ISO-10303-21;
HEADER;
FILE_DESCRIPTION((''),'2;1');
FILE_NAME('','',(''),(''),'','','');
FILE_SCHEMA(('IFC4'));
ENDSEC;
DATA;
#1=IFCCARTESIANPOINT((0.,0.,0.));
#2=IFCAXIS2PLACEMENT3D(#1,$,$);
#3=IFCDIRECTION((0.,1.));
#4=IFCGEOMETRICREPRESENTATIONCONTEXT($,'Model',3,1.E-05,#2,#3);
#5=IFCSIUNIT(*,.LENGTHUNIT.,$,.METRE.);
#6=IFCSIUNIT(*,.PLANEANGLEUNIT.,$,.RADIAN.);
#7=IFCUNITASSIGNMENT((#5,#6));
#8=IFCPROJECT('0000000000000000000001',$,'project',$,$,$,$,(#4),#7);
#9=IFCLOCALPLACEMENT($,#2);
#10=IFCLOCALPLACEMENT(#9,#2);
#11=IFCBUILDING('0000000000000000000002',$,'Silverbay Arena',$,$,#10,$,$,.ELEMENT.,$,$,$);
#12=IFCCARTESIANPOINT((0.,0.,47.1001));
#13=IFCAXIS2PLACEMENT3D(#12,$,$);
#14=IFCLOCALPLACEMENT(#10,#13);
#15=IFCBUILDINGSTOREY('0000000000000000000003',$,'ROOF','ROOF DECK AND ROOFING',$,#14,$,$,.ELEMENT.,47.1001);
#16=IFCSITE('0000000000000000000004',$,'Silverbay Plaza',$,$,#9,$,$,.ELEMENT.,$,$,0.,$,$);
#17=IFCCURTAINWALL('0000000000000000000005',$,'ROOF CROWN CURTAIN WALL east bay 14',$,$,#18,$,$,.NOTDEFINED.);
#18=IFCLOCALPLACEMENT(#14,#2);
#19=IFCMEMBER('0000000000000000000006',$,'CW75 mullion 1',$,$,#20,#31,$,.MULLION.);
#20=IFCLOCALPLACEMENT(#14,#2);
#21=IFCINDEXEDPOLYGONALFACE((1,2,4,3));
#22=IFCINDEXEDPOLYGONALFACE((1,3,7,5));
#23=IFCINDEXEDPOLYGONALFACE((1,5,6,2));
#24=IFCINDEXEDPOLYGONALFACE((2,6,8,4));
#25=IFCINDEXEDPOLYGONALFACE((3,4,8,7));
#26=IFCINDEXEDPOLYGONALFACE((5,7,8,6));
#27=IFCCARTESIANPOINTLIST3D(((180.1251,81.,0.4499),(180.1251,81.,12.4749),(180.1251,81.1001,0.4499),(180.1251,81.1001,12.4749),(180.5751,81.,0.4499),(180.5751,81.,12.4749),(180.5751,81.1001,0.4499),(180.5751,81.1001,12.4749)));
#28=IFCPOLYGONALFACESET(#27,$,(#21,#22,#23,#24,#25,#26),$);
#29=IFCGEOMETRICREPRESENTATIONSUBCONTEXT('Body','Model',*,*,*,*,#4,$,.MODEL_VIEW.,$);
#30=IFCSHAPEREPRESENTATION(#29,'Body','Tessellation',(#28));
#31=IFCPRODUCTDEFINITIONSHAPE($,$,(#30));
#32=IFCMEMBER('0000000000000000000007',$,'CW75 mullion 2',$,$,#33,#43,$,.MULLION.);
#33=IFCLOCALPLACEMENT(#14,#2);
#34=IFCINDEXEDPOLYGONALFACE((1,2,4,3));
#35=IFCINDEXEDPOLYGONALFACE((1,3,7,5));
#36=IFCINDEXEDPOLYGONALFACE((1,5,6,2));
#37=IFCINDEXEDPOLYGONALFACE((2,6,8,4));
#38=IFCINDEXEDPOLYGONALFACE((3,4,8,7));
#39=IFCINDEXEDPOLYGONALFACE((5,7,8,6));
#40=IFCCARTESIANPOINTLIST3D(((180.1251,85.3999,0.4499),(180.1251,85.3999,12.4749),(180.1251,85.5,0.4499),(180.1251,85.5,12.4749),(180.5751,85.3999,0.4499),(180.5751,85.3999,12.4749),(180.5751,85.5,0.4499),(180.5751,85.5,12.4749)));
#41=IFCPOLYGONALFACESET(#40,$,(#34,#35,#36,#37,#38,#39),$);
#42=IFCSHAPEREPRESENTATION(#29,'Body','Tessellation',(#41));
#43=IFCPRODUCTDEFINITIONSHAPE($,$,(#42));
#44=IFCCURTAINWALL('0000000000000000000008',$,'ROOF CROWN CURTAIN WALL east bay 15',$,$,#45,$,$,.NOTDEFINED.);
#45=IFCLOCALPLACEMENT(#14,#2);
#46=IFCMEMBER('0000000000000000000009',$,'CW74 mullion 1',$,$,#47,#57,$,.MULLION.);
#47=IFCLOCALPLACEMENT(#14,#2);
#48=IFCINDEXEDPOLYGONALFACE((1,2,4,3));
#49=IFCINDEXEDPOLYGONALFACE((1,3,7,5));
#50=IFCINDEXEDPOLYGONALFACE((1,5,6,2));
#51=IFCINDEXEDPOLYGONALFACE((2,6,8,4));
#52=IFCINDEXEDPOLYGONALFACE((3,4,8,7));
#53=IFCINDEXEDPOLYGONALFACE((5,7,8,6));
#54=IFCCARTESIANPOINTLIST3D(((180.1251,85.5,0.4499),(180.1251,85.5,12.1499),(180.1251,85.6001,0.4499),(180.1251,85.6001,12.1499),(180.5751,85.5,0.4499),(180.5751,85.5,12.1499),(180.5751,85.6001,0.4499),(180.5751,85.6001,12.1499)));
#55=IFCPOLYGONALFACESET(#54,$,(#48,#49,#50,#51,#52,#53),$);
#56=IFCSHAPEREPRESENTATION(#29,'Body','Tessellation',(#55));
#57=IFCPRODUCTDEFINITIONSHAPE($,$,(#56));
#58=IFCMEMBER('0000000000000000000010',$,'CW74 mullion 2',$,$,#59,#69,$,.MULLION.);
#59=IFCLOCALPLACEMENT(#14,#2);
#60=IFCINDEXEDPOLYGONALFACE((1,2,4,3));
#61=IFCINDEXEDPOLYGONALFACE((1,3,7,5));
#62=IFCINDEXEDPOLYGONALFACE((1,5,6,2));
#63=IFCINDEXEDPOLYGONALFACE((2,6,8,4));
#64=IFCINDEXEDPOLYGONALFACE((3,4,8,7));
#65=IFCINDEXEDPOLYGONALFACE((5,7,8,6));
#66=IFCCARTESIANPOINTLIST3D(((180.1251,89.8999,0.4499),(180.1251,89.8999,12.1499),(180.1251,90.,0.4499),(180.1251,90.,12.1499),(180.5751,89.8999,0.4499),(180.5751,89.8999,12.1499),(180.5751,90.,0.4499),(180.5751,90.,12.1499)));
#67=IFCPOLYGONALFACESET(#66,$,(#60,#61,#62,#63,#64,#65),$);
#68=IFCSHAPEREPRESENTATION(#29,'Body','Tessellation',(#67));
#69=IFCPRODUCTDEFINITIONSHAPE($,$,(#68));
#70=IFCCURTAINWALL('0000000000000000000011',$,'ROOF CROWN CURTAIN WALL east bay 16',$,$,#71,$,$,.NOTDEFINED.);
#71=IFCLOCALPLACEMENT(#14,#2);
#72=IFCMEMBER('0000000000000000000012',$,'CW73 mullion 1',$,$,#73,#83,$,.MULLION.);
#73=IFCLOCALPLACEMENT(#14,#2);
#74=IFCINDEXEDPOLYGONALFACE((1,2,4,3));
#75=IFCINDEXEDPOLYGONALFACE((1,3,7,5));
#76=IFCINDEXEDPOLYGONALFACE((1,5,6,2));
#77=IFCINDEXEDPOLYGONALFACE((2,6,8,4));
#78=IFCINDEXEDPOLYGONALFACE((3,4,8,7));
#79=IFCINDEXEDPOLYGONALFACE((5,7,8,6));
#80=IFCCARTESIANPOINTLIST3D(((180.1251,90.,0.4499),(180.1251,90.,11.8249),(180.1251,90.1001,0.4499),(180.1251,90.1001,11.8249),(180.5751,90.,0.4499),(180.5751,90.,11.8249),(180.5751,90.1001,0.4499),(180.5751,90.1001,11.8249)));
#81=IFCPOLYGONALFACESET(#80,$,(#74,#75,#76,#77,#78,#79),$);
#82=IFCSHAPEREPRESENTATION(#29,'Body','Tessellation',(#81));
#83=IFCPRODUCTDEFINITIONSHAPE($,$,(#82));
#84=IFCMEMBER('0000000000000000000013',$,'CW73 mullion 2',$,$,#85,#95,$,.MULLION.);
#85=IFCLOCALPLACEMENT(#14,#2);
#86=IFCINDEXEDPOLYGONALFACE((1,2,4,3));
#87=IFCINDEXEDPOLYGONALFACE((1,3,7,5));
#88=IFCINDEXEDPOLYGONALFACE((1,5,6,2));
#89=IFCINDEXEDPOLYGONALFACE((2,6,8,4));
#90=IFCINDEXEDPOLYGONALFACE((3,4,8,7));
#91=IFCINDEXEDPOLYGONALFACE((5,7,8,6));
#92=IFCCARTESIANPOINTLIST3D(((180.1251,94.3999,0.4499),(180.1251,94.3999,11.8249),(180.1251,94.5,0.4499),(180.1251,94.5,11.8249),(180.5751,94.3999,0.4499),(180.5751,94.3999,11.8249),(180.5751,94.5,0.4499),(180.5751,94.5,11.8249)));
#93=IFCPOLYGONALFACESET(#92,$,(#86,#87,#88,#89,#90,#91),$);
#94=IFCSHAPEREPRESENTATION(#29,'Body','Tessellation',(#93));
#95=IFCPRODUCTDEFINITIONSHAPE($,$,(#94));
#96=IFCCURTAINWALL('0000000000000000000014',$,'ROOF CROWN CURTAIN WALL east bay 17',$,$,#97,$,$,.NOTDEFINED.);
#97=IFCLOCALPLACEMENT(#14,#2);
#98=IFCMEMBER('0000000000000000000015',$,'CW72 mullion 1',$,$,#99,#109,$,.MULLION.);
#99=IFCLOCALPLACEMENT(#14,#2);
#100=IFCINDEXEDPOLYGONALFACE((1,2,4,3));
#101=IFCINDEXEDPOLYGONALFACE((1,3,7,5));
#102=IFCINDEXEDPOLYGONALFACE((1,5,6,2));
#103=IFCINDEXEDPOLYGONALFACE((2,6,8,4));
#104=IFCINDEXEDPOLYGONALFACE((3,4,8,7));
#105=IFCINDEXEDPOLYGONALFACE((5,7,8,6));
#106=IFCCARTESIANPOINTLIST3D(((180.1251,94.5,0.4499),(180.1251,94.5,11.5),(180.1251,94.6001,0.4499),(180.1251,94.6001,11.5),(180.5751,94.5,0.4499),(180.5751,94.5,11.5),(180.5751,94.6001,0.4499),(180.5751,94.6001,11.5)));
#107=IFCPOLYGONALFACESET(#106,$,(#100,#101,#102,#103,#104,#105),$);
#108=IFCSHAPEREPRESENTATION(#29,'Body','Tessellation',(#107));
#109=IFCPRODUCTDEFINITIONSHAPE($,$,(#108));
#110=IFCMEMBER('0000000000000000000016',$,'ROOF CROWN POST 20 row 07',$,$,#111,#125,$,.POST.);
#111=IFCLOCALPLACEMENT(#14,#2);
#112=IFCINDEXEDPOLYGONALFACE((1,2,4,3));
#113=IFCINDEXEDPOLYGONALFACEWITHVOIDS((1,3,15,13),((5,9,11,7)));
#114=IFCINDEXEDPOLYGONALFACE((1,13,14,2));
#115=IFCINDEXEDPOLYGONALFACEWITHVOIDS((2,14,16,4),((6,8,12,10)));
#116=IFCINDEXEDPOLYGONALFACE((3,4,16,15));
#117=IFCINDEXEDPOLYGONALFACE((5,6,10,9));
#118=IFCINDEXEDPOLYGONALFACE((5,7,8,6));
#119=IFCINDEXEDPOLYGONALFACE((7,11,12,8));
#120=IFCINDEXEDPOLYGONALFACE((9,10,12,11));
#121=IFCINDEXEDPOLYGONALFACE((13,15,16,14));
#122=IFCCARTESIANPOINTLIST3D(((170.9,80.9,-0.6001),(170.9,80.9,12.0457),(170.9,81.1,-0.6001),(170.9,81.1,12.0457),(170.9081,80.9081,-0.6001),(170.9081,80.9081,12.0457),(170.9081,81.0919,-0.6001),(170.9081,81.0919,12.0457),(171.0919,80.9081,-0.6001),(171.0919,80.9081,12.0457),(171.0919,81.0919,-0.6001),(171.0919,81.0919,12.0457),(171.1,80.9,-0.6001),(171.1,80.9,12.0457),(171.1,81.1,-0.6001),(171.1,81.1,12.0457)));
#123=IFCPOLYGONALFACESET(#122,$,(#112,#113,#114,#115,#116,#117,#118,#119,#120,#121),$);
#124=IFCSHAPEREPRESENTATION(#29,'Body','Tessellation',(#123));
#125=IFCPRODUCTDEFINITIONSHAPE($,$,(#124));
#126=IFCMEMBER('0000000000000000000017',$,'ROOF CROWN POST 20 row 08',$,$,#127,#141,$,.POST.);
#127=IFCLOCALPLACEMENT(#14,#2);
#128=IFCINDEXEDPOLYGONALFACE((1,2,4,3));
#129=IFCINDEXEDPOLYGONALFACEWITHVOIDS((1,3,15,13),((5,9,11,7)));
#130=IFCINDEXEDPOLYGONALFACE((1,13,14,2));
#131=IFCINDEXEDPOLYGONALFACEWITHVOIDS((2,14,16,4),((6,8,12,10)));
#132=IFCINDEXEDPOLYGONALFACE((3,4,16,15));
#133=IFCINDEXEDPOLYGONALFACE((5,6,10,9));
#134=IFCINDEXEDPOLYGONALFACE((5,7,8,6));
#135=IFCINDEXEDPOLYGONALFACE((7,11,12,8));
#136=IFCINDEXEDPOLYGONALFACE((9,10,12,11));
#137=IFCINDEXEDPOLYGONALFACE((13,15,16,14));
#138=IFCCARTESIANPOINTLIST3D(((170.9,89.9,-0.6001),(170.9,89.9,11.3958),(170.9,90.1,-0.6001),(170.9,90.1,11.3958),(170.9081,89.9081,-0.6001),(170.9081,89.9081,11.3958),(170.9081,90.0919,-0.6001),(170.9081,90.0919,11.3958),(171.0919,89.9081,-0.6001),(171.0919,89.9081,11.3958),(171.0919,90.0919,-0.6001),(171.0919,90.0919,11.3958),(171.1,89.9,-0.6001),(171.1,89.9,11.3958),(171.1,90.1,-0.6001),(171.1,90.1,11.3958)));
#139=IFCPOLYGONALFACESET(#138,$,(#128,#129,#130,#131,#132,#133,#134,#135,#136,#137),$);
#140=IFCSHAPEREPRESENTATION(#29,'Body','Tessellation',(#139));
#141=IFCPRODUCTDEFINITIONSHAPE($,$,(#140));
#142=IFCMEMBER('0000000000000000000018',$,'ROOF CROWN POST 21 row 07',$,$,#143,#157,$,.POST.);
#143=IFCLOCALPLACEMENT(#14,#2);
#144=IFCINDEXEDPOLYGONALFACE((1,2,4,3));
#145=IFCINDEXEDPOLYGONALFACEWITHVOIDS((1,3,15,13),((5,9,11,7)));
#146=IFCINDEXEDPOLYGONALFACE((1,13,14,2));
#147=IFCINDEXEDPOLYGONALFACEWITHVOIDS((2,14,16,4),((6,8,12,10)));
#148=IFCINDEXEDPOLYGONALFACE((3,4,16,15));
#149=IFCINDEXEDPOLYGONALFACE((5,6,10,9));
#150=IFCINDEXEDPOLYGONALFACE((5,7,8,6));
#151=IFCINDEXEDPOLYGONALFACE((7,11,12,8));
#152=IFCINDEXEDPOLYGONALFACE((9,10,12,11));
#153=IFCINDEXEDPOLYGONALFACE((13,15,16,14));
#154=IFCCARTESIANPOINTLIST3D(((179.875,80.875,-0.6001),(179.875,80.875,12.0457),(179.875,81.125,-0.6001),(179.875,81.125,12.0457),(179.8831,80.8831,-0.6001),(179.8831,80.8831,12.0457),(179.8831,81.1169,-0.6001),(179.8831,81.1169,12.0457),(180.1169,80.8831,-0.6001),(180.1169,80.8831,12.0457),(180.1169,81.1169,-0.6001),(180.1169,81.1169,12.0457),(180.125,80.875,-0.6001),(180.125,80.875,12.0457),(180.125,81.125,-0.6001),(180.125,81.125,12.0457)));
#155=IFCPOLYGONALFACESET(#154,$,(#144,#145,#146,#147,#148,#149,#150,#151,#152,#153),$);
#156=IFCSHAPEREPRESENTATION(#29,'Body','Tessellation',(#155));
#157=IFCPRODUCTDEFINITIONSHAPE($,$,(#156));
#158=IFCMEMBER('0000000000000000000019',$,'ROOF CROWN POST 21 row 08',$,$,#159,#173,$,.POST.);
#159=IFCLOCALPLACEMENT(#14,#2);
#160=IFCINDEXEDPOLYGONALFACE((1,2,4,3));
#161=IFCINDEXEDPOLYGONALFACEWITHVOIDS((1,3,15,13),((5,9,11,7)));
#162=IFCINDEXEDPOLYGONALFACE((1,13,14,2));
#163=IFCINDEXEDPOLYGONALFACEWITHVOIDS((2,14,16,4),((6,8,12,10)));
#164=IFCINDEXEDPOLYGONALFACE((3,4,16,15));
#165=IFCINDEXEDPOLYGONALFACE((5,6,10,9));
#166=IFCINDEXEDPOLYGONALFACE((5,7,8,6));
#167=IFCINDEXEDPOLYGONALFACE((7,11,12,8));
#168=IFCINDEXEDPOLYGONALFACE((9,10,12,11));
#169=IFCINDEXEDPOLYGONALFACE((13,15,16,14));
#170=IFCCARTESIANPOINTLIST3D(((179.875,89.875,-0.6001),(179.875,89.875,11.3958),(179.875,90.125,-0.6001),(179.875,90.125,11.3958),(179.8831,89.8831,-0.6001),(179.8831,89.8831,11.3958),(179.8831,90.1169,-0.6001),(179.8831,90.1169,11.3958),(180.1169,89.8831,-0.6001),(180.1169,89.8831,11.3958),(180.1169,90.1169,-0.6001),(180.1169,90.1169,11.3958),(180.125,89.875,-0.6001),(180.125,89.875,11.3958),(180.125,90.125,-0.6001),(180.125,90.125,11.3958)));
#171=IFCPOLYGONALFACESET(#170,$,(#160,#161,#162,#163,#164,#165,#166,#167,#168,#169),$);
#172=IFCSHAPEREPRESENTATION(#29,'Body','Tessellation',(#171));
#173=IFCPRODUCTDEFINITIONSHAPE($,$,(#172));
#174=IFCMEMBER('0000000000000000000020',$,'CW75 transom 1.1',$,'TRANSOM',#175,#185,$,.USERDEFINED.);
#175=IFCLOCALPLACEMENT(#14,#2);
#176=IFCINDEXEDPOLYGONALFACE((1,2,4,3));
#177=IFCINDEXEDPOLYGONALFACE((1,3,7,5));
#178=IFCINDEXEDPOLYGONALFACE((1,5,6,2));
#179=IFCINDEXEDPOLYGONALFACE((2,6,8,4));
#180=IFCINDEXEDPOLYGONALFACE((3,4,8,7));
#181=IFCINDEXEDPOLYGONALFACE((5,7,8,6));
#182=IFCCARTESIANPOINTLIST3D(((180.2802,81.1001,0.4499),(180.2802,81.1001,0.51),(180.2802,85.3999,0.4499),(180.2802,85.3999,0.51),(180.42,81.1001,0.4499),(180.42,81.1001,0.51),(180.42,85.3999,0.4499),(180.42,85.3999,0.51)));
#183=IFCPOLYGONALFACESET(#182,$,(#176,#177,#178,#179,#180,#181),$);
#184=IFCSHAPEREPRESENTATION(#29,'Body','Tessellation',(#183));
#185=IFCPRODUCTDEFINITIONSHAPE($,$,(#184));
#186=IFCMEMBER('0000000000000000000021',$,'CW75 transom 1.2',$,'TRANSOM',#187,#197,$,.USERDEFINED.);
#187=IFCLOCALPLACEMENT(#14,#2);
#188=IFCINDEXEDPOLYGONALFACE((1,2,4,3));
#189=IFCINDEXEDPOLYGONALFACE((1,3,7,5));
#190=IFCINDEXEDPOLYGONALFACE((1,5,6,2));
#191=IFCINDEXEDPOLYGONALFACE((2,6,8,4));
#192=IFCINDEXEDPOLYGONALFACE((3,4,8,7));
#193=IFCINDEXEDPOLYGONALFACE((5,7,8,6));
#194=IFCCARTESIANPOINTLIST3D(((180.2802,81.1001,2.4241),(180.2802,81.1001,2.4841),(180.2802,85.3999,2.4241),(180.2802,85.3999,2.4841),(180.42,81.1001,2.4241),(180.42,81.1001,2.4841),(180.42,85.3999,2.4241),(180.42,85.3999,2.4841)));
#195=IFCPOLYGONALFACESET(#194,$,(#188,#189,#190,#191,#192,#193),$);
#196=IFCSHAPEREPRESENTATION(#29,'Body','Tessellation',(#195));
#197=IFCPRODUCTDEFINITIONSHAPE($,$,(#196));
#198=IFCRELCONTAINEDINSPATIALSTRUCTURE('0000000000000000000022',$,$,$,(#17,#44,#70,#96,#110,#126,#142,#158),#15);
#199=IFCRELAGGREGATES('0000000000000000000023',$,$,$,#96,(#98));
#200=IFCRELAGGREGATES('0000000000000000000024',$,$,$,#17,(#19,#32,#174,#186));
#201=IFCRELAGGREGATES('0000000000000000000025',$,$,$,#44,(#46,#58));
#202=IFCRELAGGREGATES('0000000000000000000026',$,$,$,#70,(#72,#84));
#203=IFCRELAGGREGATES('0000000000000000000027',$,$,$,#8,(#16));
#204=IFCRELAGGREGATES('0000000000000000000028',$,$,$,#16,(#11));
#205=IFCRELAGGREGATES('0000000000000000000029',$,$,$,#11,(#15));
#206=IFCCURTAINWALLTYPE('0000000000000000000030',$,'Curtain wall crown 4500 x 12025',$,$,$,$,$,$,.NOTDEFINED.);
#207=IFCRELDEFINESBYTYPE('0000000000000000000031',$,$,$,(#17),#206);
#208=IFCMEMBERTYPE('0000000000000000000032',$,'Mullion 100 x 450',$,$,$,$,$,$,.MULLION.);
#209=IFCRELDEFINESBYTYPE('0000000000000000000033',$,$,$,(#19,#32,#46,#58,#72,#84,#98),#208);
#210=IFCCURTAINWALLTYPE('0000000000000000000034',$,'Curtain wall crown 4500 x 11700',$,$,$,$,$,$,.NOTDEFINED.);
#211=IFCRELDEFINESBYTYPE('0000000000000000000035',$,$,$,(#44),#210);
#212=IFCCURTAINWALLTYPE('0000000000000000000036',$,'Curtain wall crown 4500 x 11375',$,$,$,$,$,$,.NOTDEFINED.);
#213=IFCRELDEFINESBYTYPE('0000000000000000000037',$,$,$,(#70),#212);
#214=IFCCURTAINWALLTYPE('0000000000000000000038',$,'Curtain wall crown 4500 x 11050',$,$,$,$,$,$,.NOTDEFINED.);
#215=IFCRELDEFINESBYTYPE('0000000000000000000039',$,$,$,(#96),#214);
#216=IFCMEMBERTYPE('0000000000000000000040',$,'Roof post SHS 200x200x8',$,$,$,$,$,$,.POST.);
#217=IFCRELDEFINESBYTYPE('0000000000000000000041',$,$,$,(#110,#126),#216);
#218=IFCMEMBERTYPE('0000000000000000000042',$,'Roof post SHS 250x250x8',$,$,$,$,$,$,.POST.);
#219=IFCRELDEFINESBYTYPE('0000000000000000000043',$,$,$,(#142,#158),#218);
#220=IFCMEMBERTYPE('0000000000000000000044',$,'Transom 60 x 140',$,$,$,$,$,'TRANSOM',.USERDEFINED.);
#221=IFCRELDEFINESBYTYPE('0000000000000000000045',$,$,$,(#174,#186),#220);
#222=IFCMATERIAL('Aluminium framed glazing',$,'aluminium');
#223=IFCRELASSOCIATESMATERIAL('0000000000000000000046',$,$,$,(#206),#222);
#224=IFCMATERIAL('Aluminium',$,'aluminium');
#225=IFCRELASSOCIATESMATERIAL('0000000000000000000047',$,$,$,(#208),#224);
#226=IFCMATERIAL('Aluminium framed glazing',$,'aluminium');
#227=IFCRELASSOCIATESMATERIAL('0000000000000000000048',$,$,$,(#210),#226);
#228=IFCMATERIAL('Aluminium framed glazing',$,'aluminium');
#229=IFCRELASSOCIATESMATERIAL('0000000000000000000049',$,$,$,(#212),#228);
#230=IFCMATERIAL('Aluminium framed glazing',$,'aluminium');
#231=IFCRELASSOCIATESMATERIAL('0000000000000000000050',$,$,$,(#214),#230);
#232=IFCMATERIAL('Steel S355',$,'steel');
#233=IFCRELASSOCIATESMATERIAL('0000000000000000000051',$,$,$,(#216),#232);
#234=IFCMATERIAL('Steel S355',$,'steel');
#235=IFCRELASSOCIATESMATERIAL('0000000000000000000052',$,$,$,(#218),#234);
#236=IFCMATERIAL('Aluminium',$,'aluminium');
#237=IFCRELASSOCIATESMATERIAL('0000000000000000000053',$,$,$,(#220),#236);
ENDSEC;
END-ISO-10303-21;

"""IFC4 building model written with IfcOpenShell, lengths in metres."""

from ifc_helpers import new_model, si_unit, direction, frame, origin, origin_2d, place, context, subcontext, project, spatial, rectangle, hollow_rectangle, extrude, material, material_profile, profile_set, type_object, element, aggregate, save


model = new_model("IFC4")

# Units and contexts
model_context = context("Model", 3, precision=1e-05, world=origin(), true_north=direction((0.0, 1.0)))
body_context = subcontext(model_context, "Body", "Model", "MODEL_VIEW")
ifc_project = project(units=[si_unit("LENGTHUNIT", "METRE"), si_unit("PLANEANGLEUNIT", "RADIAN")], contexts=[model_context])

# Site, building, storey
site_placement = place(None, origin())
site = spatial("IfcSite", under=ifc_project, at=site_placement, Name="Silverbay Plaza", CompositionType="ELEMENT", RefElevation=0.0)
building_placement = place(site_placement, origin())
building = spatial("IfcBuilding", under=site, at=building_placement, Name="Silverbay Arena", CompositionType="ELEMENT")
storey_placement = place(building_placement, frame((0.0, 0.0, 47.1001)))
storey = spatial("IfcBuildingStorey", under=building, at=storey_placement, Name="ROOF", Description="ROOF DECK AND ROOFING", CompositionType="ELEMENT", Elevation=47.1001)

# Curtain walls, members
ifc_material_1 = material(Name="Aluminium framed glazing", Category="aluminium")
curtain_wall_type_1 = type_object("IfcCurtainWallType", Name="Curtain wall crown 4500 x 12025", PredefinedType="NOTDEFINED", material=ifc_material_1)
curtain_wall_1_placement = place(storey_placement, origin())
curtain_wall_1 = element("IfcCurtainWall", 1, at=curtain_wall_1_placement, inside=storey, type_object=curtain_wall_type_1, Name="ROOF CROWN CURTAIN WALL east bay 14", PredefinedType="NOTDEFINED")
ifc_material_2 = material(Name="Aluminium", Category="aluminium")
ifc_material_profile_1 = material_profile(ifc_material_2, rectangle(XDim=0.45, YDim=0.1001, at=origin_2d()), Name="Mullion 100 x 450")
ifc_profile_set_1 = profile_set([ifc_material_profile_1], Name="Aluminium")
member_type_1 = type_object("IfcMemberType", Name="Mullion 100 x 450", PredefinedType="MULLION", material=ifc_profile_set_1)
placement = place(building_placement, frame((0.0, 0.0, 33.5)))
member_1_placement = place(placement, frame((180.3501, 81.05, 14.05), z_axis=(0.0, 0.0, 1.0), x_axis=(-1.0, 0.0, 0.0)))
member_1 = element("IfcMember", 2, at=member_1_placement, type_object=member_type_1, Name="CW75 mullion 1", PredefinedType="MULLION", context=body_context, shape_type="SweptSolid", body=[
    extrude(rectangle(XDim=0.45, YDim=0.1001, at=origin_2d()), origin(), (0.0, 0.0, 1.0), 12.0249),
])
member_2_placement = place(placement, frame((180.3501, 85.45, 14.05), z_axis=(0.0, 0.0, 1.0), x_axis=(-1.0, 0.0, 0.0)))
member_2 = element("IfcMember", 3, at=member_2_placement, type_object=member_type_1, Name="CW75 mullion 2", PredefinedType="MULLION", context=body_context, shape_type="SweptSolid", body=[
    extrude(rectangle(XDim=0.45, YDim=0.1001, at=origin_2d()), origin(), (0.0, 0.0, 1.0), 12.0249),
])
ifc_material_3 = material(Name="Aluminium framed glazing", Category="aluminium")
curtain_wall_type_2 = type_object("IfcCurtainWallType", Name="Curtain wall crown 4500 x 11700", PredefinedType="NOTDEFINED", material=ifc_material_3)
curtain_wall_2_placement = place(storey_placement, origin())
curtain_wall_2 = element("IfcCurtainWall", 4, at=curtain_wall_2_placement, inside=storey, type_object=curtain_wall_type_2, Name="ROOF CROWN CURTAIN WALL east bay 15", PredefinedType="NOTDEFINED")
member_3_placement = place(placement, frame((180.3501, 85.55, 14.05), z_axis=(0.0, 0.0, 1.0), x_axis=(-1.0, 0.0, 0.0)))
member_3 = element("IfcMember", 5, at=member_3_placement, type_object=member_type_1, Name="CW74 mullion 1", PredefinedType="MULLION", context=body_context, shape_type="SweptSolid", body=[
    extrude(rectangle(XDim=0.45, YDim=0.1001, at=origin_2d()), origin(), (0.0, 0.0, 1.0), 11.7),
])
member_4_placement = place(placement, frame((180.3501, 89.95, 14.05), z_axis=(0.0, 0.0, 1.0), x_axis=(-1.0, 0.0, 0.0)))
member_4 = element("IfcMember", 6, at=member_4_placement, type_object=member_type_1, Name="CW74 mullion 2", PredefinedType="MULLION", context=body_context, shape_type="SweptSolid", body=[
    extrude(rectangle(XDim=0.45, YDim=0.1001, at=origin_2d()), origin(), (0.0, 0.0, 1.0), 11.7),
])
ifc_material_4 = material(Name="Aluminium framed glazing", Category="aluminium")
curtain_wall_type_3 = type_object("IfcCurtainWallType", Name="Curtain wall crown 4500 x 11375", PredefinedType="NOTDEFINED", material=ifc_material_4)
curtain_wall_3_placement = place(storey_placement, origin())
curtain_wall_3 = element("IfcCurtainWall", 7, at=curtain_wall_3_placement, inside=storey, type_object=curtain_wall_type_3, Name="ROOF CROWN CURTAIN WALL east bay 16", PredefinedType="NOTDEFINED")
member_5_placement = place(placement, frame((180.3501, 90.05, 14.05), z_axis=(0.0, 0.0, 1.0), x_axis=(-1.0, 0.0, 0.0)))
member_5 = element("IfcMember", 8, at=member_5_placement, type_object=member_type_1, Name="CW73 mullion 1", PredefinedType="MULLION", context=body_context, shape_type="SweptSolid", body=[
    extrude(rectangle(XDim=0.45, YDim=0.1001, at=origin_2d()), origin(), (0.0, 0.0, 1.0), 11.375),
])
member_6_placement = place(placement, frame((180.3501, 94.45, 14.05), z_axis=(0.0, 0.0, 1.0), x_axis=(-1.0, 0.0, 0.0)))
member_6 = element("IfcMember", 9, at=member_6_placement, type_object=member_type_1, Name="CW73 mullion 2", PredefinedType="MULLION", context=body_context, shape_type="SweptSolid", body=[
    extrude(rectangle(XDim=0.45, YDim=0.1001, at=origin_2d()), origin(), (0.0, 0.0, 1.0), 11.375),
])

# Curtain wall, member
ifc_material_5 = material(Name="Aluminium framed glazing", Category="aluminium")
curtain_wall_type_4 = type_object("IfcCurtainWallType", Name="Curtain wall crown 4500 x 11050", PredefinedType="NOTDEFINED", material=ifc_material_5)
curtain_wall_4_placement = place(storey_placement, origin())
curtain_wall_4 = element("IfcCurtainWall", 10, at=curtain_wall_4_placement, inside=storey, type_object=curtain_wall_type_4, Name="ROOF CROWN CURTAIN WALL east bay 17", PredefinedType="NOTDEFINED")
member_7_placement = place(placement, frame((180.3501, 94.55, 14.05), z_axis=(0.0, 0.0, 1.0), x_axis=(-1.0, 0.0, 0.0)))
member_7 = element("IfcMember", 11, at=member_7_placement, type_object=member_type_1, Name="CW72 mullion 1", PredefinedType="MULLION", context=body_context, shape_type="SweptSolid", body=[
    extrude(rectangle(XDim=0.45, YDim=0.1001, at=origin_2d()), origin(), (0.0, 0.0, 1.0), 11.05),
])

# Members
ifc_material_6 = material(Name="Steel S355", Category="steel")
ifc_material_profile_2 = material_profile(ifc_material_6, hollow_rectangle(XDim=0.2, YDim=0.2, WallThickness=0.0081, at=origin_2d()), Name="SHS 200x200x8")
ifc_profile_set_2 = profile_set([ifc_material_profile_2], Name="Steel S355")
member_type_2 = type_object("IfcMemberType", Name="Roof post SHS 200x200x8", PredefinedType="POST", material=ifc_profile_set_2)
member_8_placement = place(storey_placement, frame((171.0, 81.0, -0.6001), z_axis=(0.0, 0.0, 1.0), x_axis=(1.0, 0.0, 0.0)))
element("IfcMember", 12, at=member_8_placement, inside=storey, type_object=member_type_2, Name="ROOF CROWN POST 20 row 07", PredefinedType="POST", context=body_context, shape_type="SweptSolid", body=[
    extrude(hollow_rectangle(XDim=0.2, YDim=0.2, WallThickness=0.0081, at=origin_2d()), origin(), (0.0, 0.0, 1.0), 12.6458),
])
member_9_placement = place(storey_placement, frame((171.0, 90.0, -0.6001), z_axis=(0.0, 0.0, 1.0), x_axis=(1.0, 0.0, 0.0)))
element("IfcMember", 13, at=member_9_placement, inside=storey, type_object=member_type_2, Name="ROOF CROWN POST 20 row 08", PredefinedType="POST", context=body_context, shape_type="SweptSolid", body=[
    extrude(hollow_rectangle(XDim=0.2, YDim=0.2, WallThickness=0.0081, at=origin_2d()), origin(), (0.0, 0.0, 1.0), 11.9958),
])
ifc_material_7 = material(Name="Steel S355", Category="steel")
ifc_material_profile_3 = material_profile(ifc_material_7, hollow_rectangle(XDim=0.25, YDim=0.25, WallThickness=0.0081, at=origin_2d()), Name="SHS 250x250x8")
ifc_profile_set_3 = profile_set([ifc_material_profile_3], Name="Steel S355")
member_type_3 = type_object("IfcMemberType", Name="Roof post SHS 250x250x8", PredefinedType="POST", material=ifc_profile_set_3)
member_10_placement = place(storey_placement, frame((180.0, 81.0, -0.6001), z_axis=(0.0, 0.0, 1.0), x_axis=(1.0, 0.0, 0.0)))
element("IfcMember", 14, at=member_10_placement, inside=storey, type_object=member_type_3, Name="ROOF CROWN POST 21 row 07", PredefinedType="POST", context=body_context, shape_type="SweptSolid", body=[
    extrude(hollow_rectangle(XDim=0.25, YDim=0.25, WallThickness=0.0081, at=origin_2d()), origin(), (0.0, 0.0, 1.0), 12.6458),
])
member_11_placement = place(storey_placement, frame((180.0, 90.0, -0.6001), z_axis=(0.0, 0.0, 1.0), x_axis=(1.0, 0.0, 0.0)))
element("IfcMember", 15, at=member_11_placement, inside=storey, type_object=member_type_3, Name="ROOF CROWN POST 21 row 08", PredefinedType="POST", context=body_context, shape_type="SweptSolid", body=[
    extrude(hollow_rectangle(XDim=0.25, YDim=0.25, WallThickness=0.0081, at=origin_2d()), origin(), (0.0, 0.0, 1.0), 11.9958),
])

# Members
ifc_material_8 = material(Name="Aluminium", Category="aluminium")
ifc_material_profile_4 = material_profile(ifc_material_8, rectangle(XDim=0.1399, YDim=0.0601, at=origin_2d()), Name="Transom 60 x 140")
ifc_profile_set_4 = profile_set([ifc_material_profile_4], Name="Aluminium")
member_type_4 = type_object("IfcMemberType", Name="Transom 60 x 140", ElementType="TRANSOM", PredefinedType="USERDEFINED", material=ifc_profile_set_4)
member_12_placement = place(placement, frame((180.3501, 81.1001, 14.0801), z_axis=(0.0, 1.0, 0.0), x_axis=(-1.0, 0.0, 0.0)))
member_12 = element("IfcMember", 16, at=member_12_placement, type_object=member_type_4, Name="CW75 transom 1.1", ObjectType="TRANSOM", PredefinedType="USERDEFINED", context=body_context, shape_type="SweptSolid", body=[
    extrude(rectangle(XDim=0.1399, YDim=0.0601, at=origin_2d()), origin(), (0.0, 0.0, 1.0), 4.2998),
])
member_13_placement = place(placement, frame((180.3501, 81.1001, 16.0542), z_axis=(0.0, 1.0, 0.0), x_axis=(-1.0, 0.0, 0.0)))
member_13 = element("IfcMember", 17, at=member_13_placement, type_object=member_type_4, Name="CW75 transom 1.2", ObjectType="TRANSOM", PredefinedType="USERDEFINED", context=body_context, shape_type="SweptSolid", body=[
    extrude(rectangle(XDim=0.1399, YDim=0.0601, at=origin_2d()), origin(), (0.0, 0.0, 1.0), 4.2998),
])
aggregate(curtain_wall_4, [member_7])

aggregate(curtain_wall_1, [member_1, member_2, member_12, member_13])
aggregate(curtain_wall_2, [member_3, member_4])
aggregate(curtain_wall_3, [member_5, member_6])

save(model, "model.ifc")
